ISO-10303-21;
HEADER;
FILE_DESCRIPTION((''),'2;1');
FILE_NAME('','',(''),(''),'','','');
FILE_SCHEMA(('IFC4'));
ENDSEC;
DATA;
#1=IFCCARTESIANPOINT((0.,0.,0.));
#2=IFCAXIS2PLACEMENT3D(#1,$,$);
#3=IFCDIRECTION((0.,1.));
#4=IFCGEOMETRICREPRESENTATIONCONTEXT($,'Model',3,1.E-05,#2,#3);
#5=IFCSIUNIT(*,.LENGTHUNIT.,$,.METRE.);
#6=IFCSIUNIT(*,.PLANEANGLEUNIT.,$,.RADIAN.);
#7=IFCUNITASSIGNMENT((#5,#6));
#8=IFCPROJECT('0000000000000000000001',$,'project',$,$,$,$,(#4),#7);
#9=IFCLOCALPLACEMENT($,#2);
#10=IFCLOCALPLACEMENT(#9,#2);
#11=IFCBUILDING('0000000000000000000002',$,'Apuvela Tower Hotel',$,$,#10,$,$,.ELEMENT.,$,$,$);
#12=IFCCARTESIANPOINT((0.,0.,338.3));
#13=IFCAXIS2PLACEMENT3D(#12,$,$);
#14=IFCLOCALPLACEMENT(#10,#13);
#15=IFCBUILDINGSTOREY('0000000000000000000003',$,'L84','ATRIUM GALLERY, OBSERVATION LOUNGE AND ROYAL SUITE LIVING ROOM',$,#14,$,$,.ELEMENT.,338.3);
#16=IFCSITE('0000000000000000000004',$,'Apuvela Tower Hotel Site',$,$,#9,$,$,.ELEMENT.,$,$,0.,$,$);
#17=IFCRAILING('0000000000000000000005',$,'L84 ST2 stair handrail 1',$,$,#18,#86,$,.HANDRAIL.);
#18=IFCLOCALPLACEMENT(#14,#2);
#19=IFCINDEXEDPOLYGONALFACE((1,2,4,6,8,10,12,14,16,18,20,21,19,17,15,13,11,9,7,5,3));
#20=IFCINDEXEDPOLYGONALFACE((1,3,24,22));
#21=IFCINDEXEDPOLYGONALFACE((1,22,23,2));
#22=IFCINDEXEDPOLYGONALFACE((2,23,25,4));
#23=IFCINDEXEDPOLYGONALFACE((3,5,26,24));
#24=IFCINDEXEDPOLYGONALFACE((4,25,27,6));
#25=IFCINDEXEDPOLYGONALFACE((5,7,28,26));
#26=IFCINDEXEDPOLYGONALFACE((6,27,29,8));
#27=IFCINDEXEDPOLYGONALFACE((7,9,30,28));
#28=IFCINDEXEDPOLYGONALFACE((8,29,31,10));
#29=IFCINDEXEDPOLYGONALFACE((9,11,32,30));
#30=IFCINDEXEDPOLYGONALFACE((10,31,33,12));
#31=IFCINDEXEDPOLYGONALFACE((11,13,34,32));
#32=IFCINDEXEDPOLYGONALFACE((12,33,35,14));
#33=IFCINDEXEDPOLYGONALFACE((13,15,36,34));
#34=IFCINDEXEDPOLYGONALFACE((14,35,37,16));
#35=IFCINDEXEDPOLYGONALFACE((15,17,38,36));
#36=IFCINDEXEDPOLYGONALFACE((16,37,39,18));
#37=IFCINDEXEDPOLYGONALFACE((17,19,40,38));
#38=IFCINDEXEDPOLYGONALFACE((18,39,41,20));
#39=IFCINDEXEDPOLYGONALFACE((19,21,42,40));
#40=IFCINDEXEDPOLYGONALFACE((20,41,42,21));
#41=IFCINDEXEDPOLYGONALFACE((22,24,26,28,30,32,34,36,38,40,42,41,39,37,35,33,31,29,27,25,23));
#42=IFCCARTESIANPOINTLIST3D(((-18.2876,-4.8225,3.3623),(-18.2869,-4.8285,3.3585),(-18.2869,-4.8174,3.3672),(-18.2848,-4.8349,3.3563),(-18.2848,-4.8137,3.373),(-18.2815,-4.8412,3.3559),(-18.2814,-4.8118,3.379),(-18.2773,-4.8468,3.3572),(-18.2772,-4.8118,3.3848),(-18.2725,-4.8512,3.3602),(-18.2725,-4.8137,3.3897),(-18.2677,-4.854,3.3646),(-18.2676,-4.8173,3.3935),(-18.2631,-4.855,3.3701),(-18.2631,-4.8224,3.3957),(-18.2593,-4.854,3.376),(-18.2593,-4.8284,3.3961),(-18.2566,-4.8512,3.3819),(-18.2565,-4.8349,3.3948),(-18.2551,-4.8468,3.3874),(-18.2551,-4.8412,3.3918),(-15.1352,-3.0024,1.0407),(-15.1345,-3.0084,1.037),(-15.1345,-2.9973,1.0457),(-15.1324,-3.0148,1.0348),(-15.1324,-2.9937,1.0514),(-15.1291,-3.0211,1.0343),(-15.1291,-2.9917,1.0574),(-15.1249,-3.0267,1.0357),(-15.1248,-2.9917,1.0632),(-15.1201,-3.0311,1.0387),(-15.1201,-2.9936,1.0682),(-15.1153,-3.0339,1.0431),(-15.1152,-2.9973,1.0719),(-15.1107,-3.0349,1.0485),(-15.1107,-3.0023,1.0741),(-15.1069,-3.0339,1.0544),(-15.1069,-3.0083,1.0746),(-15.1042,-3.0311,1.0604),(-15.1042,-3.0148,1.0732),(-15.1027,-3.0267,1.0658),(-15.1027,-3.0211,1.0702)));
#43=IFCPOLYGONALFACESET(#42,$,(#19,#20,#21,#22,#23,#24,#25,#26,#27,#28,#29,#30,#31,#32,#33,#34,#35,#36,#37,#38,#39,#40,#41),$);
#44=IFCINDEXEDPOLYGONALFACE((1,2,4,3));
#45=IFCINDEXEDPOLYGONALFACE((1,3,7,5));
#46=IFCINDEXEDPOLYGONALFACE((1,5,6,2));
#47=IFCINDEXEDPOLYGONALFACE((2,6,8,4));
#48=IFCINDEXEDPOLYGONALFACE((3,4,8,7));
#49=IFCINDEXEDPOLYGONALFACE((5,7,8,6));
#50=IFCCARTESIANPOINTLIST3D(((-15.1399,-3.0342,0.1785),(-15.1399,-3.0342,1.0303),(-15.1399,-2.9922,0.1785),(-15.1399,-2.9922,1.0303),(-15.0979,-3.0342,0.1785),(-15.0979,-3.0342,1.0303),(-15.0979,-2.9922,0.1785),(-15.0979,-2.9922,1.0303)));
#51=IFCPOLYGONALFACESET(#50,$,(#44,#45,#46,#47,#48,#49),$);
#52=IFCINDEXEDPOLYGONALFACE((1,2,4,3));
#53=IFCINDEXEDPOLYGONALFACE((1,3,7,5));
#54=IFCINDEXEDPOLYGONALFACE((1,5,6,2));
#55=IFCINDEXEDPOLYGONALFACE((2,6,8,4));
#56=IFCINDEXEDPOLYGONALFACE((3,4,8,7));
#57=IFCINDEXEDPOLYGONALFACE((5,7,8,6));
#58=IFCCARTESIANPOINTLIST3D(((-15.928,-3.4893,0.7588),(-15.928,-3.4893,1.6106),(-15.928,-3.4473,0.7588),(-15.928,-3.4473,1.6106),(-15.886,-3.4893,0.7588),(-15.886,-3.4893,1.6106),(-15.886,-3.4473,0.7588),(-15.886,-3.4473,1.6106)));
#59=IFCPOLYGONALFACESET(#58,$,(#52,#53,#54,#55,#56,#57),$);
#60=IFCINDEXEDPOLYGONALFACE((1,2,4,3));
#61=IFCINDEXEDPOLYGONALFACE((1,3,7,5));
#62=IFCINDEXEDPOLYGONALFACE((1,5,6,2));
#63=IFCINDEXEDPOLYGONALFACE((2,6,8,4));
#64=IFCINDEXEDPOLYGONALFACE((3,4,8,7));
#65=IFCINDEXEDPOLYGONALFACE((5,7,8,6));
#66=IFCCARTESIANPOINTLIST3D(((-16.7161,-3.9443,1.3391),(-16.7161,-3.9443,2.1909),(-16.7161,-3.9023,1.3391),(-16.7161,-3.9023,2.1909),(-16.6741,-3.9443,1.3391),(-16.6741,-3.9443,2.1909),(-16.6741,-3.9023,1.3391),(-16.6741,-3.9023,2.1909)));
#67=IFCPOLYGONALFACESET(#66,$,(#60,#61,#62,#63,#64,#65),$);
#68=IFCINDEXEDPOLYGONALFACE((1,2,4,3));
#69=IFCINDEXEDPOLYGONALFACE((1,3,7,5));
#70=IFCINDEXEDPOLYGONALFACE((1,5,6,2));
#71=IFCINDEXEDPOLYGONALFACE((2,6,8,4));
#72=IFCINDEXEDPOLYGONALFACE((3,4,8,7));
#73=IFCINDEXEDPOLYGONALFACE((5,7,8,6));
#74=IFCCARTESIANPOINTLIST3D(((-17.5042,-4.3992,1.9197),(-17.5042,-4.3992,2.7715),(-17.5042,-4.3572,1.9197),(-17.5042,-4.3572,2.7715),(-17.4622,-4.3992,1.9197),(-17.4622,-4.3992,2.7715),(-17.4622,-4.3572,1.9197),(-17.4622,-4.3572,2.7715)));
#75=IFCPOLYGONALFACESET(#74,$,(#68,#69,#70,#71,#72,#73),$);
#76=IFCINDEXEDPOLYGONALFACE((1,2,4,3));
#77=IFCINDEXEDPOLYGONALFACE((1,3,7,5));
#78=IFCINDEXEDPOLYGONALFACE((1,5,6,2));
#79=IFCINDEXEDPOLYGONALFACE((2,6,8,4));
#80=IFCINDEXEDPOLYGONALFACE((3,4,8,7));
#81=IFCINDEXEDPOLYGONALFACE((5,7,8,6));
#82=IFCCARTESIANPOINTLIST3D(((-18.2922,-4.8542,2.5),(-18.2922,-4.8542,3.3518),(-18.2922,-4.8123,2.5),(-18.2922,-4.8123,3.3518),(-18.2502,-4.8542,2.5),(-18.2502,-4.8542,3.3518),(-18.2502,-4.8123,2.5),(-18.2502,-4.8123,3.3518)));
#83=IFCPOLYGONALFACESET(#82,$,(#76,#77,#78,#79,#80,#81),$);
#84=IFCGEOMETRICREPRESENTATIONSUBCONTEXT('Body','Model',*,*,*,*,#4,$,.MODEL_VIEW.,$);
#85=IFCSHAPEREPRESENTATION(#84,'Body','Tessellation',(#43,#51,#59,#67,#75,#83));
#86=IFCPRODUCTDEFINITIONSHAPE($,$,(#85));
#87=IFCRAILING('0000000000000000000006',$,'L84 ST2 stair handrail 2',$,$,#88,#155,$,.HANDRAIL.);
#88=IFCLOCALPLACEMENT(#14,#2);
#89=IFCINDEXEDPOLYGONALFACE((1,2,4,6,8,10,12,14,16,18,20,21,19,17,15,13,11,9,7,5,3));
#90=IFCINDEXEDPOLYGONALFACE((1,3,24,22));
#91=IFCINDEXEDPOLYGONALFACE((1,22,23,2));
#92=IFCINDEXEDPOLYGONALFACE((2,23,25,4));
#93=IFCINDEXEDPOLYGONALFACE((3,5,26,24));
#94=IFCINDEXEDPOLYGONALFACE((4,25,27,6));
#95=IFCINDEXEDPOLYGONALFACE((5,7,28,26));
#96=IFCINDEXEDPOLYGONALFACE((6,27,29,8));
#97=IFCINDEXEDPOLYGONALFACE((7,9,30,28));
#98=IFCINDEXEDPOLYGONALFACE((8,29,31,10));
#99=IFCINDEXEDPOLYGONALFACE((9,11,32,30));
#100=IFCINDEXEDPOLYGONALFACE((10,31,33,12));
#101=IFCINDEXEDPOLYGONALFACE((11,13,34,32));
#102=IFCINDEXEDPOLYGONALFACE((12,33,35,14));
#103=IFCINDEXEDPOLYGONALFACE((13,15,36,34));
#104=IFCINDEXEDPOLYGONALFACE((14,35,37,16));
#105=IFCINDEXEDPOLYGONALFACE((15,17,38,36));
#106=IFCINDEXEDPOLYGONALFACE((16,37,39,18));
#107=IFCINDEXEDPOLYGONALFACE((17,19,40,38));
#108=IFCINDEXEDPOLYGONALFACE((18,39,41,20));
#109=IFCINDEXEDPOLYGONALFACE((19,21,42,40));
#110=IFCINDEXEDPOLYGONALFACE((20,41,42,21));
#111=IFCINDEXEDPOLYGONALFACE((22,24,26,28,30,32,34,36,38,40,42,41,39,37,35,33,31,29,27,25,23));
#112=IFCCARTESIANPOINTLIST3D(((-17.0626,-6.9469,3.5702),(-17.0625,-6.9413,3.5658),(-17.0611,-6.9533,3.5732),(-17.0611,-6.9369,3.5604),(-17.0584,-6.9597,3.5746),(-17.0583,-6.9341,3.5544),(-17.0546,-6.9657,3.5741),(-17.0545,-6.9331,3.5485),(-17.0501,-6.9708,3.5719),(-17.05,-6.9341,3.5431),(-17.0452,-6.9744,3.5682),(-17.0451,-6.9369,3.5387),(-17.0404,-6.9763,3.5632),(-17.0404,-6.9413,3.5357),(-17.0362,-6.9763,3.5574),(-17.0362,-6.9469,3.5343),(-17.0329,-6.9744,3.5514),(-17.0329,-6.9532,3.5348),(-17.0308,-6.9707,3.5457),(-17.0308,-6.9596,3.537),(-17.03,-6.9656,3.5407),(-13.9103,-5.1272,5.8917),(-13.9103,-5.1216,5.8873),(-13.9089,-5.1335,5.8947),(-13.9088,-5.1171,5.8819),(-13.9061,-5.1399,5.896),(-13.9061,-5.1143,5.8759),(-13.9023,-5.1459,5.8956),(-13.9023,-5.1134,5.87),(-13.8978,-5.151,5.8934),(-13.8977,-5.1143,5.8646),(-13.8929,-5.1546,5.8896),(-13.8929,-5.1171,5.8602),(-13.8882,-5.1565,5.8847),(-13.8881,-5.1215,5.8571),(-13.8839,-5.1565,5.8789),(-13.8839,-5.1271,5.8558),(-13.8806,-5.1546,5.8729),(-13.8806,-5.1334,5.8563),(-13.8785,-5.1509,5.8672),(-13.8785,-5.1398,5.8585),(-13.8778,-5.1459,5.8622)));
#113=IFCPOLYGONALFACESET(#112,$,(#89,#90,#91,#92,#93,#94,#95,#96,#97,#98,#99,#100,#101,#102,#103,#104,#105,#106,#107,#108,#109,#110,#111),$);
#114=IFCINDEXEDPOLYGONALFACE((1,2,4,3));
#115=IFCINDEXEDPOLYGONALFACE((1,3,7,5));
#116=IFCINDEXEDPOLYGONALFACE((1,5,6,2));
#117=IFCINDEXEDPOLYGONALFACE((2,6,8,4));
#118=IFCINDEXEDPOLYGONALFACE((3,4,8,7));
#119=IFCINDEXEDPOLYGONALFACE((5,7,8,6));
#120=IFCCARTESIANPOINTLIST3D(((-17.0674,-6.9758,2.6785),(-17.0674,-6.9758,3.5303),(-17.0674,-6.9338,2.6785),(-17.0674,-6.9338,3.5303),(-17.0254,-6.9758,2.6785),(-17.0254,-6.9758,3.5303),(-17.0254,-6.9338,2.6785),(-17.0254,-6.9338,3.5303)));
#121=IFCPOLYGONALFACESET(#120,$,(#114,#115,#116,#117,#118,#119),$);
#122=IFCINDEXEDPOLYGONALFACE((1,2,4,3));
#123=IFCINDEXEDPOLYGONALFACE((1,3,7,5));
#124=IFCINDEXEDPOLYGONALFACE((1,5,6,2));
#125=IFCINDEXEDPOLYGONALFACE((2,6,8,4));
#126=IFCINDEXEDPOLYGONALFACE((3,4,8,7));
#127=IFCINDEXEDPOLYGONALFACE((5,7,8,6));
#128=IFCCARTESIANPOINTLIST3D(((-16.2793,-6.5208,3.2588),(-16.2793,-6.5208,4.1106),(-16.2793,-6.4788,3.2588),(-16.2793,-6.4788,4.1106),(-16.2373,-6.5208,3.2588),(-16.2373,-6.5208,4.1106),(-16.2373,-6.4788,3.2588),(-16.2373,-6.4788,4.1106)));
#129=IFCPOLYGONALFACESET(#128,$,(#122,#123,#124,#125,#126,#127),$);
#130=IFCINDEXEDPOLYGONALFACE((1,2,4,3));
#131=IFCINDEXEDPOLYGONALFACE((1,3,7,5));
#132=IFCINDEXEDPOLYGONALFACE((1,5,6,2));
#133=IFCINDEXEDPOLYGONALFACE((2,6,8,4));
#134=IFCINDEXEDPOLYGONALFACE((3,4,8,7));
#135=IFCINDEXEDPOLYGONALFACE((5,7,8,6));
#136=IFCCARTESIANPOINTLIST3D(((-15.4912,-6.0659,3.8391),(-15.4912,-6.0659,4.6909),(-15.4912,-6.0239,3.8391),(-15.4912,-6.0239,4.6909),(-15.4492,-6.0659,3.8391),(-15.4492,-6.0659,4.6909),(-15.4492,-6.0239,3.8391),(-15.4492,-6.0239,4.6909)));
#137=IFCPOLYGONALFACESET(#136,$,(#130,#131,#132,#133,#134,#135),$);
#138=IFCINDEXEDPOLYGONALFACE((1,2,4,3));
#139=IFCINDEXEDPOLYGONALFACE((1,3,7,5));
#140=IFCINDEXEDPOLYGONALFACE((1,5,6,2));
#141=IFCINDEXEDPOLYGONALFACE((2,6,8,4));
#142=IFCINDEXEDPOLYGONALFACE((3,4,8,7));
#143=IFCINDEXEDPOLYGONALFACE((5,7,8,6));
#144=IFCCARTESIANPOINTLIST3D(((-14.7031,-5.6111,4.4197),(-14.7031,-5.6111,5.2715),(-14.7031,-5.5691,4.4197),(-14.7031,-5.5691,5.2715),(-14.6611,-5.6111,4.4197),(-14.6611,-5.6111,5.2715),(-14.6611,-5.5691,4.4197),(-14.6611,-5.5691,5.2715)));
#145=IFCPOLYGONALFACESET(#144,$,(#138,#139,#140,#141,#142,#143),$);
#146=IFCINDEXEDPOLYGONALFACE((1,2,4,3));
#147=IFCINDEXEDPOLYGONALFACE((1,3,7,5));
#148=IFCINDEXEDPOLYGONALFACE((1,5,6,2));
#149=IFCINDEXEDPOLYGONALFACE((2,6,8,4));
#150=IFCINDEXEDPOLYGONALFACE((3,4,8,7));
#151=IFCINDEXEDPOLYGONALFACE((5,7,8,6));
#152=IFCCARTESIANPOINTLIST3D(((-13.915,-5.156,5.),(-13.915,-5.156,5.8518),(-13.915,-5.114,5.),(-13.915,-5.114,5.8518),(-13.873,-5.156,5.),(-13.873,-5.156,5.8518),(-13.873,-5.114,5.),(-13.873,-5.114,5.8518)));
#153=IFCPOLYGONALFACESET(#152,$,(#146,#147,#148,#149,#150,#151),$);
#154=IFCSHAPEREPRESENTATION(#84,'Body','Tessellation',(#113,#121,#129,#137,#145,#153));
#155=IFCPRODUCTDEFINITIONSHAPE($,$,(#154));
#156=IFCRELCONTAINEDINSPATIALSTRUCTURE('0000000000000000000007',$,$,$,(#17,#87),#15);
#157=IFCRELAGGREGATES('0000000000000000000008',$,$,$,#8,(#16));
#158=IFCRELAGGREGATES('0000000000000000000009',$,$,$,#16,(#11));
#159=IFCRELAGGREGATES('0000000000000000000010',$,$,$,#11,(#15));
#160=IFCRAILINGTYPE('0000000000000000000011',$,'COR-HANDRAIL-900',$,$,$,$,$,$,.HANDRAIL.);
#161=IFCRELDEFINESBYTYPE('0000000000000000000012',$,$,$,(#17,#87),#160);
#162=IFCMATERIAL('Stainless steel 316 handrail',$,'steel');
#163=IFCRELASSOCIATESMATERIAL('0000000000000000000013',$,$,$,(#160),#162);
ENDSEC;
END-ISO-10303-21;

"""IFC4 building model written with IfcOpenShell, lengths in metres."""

from ifc_helpers import new_model, si_unit, direction, frame, origin, origin_2d, place, context, subcontext, project, spatial, rectangle, circle, extrude, material, type_object, element, save


model = new_model("IFC4")

# Units and contexts
model_context = context("Model", 3, precision=1e-05, world=origin(), true_north=direction((0.0, 1.0)))
body_context = subcontext(model_context, "Body", "Model", "MODEL_VIEW")
ifc_project = project(units=[si_unit("LENGTHUNIT", "METRE"), si_unit("PLANEANGLEUNIT", "RADIAN")], contexts=[model_context])

# Site, building, storey
site_placement = place(None, origin())
site = spatial("IfcSite", under=ifc_project, at=site_placement, Name="Apuvela Tower Hotel Site", CompositionType="ELEMENT", RefElevation=0.0)
building_placement = place(site_placement, origin())
building = spatial("IfcBuilding", under=site, at=building_placement, Name="Apuvela Tower Hotel", CompositionType="ELEMENT")
storey_placement = place(building_placement, frame((0.0, 0.0, 338.3)))
storey = spatial("IfcBuildingStorey", under=building, at=storey_placement, Name="L84", Description="ATRIUM GALLERY, OBSERVATION LOUNGE AND ROYAL SUITE LIVING ROOM", CompositionType="ELEMENT", Elevation=338.3)

# Railings
ifc_material_1 = material(Name="Stainless steel 316 handrail", Category="steel")
railing_type_1 = type_object("IfcRailingType", Name="COR-HANDRAIL-900", PredefinedType="HANDRAIL", material=ifc_material_1)
railing_1_placement = place(storey_placement, frame((-15.1189, -3.0132, 0.1785)))
element("IfcRailing", 1, at=railing_1_placement, inside=storey, type_object=railing_type_1, Name="L84 ST2 stair handrail 1", PredefinedType="HANDRAIL", context=body_context, shape_type="SweptSolid", body=[
    extrude(circle(Radius=0.0239, at=origin_2d()), frame((0.0, 0.0, 0.876), z_axis=(-0.730159, -0.421572, 0.537723), x_axis=(0.500013, -0.866018, 0.0)), (0.0, 0.0, 1.0), 4.3174),
    extrude(rectangle(XDim=0.042, YDim=0.042, at=origin_2d()), origin(), (0.0, 0.0, 1.0), 0.8518),
    extrude(rectangle(XDim=0.042, YDim=0.042, at=origin_2d()), frame((-0.7881, -0.4551, 0.5803)), (0.0, 0.0, 1.0), 0.8518),
    extrude(rectangle(XDim=0.042, YDim=0.042, at=origin_2d()), frame((-1.5762, -0.9102, 1.1606)), (0.0, 0.0, 1.0), 0.8518),
    extrude(rectangle(XDim=0.042, YDim=0.042, at=origin_2d()), frame((-2.3643, -1.365, 1.7412)), (0.0, 0.0, 1.0), 0.8518),
    extrude(rectangle(XDim=0.042, YDim=0.042, at=origin_2d()), frame((-3.1523, -1.8201, 2.3215)), (0.0, 0.0, 1.0), 0.8518),
])
railing_2_placement = place(storey_placement, frame((-17.0464, -6.9548, 2.6785)))
element("IfcRailing", 2, at=railing_2_placement, inside=storey, type_object=railing_type_1, Name="L84 ST2 stair handrail 2", PredefinedType="HANDRAIL", context=body_context, shape_type="SweptSolid", body=[
    extrude(circle(Radius=0.0239, at=origin_2d()), frame((0.0, 0.0, 0.876), z_axis=(0.730176, 0.421525, 0.537736), x_axis=(-0.499962, 0.866047, 0.0)), (0.0, 0.0, 1.0), 4.3171),
    extrude(rectangle(XDim=0.042, YDim=0.042, at=origin_2d()), origin(), (0.0, 0.0, 1.0), 0.8518),
    extrude(rectangle(XDim=0.042, YDim=0.042, at=origin_2d()), frame((0.7881, 0.4551, 0.5803)), (0.0, 0.0, 1.0), 0.8518),
    extrude(rectangle(XDim=0.042, YDim=0.042, at=origin_2d()), frame((1.5762, 0.9099, 1.1606)), (0.0, 0.0, 1.0), 0.8518),
    extrude(rectangle(XDim=0.042, YDim=0.042, at=origin_2d()), frame((2.3643, 1.3647, 1.7412)), (0.0, 0.0, 1.0), 0.8518),
    extrude(rectangle(XDim=0.042, YDim=0.042, at=origin_2d()), frame((3.1523, 1.8198, 2.3215)), (0.0, 0.0, 1.0), 0.8518),
])

save(model, "model.ifc")
